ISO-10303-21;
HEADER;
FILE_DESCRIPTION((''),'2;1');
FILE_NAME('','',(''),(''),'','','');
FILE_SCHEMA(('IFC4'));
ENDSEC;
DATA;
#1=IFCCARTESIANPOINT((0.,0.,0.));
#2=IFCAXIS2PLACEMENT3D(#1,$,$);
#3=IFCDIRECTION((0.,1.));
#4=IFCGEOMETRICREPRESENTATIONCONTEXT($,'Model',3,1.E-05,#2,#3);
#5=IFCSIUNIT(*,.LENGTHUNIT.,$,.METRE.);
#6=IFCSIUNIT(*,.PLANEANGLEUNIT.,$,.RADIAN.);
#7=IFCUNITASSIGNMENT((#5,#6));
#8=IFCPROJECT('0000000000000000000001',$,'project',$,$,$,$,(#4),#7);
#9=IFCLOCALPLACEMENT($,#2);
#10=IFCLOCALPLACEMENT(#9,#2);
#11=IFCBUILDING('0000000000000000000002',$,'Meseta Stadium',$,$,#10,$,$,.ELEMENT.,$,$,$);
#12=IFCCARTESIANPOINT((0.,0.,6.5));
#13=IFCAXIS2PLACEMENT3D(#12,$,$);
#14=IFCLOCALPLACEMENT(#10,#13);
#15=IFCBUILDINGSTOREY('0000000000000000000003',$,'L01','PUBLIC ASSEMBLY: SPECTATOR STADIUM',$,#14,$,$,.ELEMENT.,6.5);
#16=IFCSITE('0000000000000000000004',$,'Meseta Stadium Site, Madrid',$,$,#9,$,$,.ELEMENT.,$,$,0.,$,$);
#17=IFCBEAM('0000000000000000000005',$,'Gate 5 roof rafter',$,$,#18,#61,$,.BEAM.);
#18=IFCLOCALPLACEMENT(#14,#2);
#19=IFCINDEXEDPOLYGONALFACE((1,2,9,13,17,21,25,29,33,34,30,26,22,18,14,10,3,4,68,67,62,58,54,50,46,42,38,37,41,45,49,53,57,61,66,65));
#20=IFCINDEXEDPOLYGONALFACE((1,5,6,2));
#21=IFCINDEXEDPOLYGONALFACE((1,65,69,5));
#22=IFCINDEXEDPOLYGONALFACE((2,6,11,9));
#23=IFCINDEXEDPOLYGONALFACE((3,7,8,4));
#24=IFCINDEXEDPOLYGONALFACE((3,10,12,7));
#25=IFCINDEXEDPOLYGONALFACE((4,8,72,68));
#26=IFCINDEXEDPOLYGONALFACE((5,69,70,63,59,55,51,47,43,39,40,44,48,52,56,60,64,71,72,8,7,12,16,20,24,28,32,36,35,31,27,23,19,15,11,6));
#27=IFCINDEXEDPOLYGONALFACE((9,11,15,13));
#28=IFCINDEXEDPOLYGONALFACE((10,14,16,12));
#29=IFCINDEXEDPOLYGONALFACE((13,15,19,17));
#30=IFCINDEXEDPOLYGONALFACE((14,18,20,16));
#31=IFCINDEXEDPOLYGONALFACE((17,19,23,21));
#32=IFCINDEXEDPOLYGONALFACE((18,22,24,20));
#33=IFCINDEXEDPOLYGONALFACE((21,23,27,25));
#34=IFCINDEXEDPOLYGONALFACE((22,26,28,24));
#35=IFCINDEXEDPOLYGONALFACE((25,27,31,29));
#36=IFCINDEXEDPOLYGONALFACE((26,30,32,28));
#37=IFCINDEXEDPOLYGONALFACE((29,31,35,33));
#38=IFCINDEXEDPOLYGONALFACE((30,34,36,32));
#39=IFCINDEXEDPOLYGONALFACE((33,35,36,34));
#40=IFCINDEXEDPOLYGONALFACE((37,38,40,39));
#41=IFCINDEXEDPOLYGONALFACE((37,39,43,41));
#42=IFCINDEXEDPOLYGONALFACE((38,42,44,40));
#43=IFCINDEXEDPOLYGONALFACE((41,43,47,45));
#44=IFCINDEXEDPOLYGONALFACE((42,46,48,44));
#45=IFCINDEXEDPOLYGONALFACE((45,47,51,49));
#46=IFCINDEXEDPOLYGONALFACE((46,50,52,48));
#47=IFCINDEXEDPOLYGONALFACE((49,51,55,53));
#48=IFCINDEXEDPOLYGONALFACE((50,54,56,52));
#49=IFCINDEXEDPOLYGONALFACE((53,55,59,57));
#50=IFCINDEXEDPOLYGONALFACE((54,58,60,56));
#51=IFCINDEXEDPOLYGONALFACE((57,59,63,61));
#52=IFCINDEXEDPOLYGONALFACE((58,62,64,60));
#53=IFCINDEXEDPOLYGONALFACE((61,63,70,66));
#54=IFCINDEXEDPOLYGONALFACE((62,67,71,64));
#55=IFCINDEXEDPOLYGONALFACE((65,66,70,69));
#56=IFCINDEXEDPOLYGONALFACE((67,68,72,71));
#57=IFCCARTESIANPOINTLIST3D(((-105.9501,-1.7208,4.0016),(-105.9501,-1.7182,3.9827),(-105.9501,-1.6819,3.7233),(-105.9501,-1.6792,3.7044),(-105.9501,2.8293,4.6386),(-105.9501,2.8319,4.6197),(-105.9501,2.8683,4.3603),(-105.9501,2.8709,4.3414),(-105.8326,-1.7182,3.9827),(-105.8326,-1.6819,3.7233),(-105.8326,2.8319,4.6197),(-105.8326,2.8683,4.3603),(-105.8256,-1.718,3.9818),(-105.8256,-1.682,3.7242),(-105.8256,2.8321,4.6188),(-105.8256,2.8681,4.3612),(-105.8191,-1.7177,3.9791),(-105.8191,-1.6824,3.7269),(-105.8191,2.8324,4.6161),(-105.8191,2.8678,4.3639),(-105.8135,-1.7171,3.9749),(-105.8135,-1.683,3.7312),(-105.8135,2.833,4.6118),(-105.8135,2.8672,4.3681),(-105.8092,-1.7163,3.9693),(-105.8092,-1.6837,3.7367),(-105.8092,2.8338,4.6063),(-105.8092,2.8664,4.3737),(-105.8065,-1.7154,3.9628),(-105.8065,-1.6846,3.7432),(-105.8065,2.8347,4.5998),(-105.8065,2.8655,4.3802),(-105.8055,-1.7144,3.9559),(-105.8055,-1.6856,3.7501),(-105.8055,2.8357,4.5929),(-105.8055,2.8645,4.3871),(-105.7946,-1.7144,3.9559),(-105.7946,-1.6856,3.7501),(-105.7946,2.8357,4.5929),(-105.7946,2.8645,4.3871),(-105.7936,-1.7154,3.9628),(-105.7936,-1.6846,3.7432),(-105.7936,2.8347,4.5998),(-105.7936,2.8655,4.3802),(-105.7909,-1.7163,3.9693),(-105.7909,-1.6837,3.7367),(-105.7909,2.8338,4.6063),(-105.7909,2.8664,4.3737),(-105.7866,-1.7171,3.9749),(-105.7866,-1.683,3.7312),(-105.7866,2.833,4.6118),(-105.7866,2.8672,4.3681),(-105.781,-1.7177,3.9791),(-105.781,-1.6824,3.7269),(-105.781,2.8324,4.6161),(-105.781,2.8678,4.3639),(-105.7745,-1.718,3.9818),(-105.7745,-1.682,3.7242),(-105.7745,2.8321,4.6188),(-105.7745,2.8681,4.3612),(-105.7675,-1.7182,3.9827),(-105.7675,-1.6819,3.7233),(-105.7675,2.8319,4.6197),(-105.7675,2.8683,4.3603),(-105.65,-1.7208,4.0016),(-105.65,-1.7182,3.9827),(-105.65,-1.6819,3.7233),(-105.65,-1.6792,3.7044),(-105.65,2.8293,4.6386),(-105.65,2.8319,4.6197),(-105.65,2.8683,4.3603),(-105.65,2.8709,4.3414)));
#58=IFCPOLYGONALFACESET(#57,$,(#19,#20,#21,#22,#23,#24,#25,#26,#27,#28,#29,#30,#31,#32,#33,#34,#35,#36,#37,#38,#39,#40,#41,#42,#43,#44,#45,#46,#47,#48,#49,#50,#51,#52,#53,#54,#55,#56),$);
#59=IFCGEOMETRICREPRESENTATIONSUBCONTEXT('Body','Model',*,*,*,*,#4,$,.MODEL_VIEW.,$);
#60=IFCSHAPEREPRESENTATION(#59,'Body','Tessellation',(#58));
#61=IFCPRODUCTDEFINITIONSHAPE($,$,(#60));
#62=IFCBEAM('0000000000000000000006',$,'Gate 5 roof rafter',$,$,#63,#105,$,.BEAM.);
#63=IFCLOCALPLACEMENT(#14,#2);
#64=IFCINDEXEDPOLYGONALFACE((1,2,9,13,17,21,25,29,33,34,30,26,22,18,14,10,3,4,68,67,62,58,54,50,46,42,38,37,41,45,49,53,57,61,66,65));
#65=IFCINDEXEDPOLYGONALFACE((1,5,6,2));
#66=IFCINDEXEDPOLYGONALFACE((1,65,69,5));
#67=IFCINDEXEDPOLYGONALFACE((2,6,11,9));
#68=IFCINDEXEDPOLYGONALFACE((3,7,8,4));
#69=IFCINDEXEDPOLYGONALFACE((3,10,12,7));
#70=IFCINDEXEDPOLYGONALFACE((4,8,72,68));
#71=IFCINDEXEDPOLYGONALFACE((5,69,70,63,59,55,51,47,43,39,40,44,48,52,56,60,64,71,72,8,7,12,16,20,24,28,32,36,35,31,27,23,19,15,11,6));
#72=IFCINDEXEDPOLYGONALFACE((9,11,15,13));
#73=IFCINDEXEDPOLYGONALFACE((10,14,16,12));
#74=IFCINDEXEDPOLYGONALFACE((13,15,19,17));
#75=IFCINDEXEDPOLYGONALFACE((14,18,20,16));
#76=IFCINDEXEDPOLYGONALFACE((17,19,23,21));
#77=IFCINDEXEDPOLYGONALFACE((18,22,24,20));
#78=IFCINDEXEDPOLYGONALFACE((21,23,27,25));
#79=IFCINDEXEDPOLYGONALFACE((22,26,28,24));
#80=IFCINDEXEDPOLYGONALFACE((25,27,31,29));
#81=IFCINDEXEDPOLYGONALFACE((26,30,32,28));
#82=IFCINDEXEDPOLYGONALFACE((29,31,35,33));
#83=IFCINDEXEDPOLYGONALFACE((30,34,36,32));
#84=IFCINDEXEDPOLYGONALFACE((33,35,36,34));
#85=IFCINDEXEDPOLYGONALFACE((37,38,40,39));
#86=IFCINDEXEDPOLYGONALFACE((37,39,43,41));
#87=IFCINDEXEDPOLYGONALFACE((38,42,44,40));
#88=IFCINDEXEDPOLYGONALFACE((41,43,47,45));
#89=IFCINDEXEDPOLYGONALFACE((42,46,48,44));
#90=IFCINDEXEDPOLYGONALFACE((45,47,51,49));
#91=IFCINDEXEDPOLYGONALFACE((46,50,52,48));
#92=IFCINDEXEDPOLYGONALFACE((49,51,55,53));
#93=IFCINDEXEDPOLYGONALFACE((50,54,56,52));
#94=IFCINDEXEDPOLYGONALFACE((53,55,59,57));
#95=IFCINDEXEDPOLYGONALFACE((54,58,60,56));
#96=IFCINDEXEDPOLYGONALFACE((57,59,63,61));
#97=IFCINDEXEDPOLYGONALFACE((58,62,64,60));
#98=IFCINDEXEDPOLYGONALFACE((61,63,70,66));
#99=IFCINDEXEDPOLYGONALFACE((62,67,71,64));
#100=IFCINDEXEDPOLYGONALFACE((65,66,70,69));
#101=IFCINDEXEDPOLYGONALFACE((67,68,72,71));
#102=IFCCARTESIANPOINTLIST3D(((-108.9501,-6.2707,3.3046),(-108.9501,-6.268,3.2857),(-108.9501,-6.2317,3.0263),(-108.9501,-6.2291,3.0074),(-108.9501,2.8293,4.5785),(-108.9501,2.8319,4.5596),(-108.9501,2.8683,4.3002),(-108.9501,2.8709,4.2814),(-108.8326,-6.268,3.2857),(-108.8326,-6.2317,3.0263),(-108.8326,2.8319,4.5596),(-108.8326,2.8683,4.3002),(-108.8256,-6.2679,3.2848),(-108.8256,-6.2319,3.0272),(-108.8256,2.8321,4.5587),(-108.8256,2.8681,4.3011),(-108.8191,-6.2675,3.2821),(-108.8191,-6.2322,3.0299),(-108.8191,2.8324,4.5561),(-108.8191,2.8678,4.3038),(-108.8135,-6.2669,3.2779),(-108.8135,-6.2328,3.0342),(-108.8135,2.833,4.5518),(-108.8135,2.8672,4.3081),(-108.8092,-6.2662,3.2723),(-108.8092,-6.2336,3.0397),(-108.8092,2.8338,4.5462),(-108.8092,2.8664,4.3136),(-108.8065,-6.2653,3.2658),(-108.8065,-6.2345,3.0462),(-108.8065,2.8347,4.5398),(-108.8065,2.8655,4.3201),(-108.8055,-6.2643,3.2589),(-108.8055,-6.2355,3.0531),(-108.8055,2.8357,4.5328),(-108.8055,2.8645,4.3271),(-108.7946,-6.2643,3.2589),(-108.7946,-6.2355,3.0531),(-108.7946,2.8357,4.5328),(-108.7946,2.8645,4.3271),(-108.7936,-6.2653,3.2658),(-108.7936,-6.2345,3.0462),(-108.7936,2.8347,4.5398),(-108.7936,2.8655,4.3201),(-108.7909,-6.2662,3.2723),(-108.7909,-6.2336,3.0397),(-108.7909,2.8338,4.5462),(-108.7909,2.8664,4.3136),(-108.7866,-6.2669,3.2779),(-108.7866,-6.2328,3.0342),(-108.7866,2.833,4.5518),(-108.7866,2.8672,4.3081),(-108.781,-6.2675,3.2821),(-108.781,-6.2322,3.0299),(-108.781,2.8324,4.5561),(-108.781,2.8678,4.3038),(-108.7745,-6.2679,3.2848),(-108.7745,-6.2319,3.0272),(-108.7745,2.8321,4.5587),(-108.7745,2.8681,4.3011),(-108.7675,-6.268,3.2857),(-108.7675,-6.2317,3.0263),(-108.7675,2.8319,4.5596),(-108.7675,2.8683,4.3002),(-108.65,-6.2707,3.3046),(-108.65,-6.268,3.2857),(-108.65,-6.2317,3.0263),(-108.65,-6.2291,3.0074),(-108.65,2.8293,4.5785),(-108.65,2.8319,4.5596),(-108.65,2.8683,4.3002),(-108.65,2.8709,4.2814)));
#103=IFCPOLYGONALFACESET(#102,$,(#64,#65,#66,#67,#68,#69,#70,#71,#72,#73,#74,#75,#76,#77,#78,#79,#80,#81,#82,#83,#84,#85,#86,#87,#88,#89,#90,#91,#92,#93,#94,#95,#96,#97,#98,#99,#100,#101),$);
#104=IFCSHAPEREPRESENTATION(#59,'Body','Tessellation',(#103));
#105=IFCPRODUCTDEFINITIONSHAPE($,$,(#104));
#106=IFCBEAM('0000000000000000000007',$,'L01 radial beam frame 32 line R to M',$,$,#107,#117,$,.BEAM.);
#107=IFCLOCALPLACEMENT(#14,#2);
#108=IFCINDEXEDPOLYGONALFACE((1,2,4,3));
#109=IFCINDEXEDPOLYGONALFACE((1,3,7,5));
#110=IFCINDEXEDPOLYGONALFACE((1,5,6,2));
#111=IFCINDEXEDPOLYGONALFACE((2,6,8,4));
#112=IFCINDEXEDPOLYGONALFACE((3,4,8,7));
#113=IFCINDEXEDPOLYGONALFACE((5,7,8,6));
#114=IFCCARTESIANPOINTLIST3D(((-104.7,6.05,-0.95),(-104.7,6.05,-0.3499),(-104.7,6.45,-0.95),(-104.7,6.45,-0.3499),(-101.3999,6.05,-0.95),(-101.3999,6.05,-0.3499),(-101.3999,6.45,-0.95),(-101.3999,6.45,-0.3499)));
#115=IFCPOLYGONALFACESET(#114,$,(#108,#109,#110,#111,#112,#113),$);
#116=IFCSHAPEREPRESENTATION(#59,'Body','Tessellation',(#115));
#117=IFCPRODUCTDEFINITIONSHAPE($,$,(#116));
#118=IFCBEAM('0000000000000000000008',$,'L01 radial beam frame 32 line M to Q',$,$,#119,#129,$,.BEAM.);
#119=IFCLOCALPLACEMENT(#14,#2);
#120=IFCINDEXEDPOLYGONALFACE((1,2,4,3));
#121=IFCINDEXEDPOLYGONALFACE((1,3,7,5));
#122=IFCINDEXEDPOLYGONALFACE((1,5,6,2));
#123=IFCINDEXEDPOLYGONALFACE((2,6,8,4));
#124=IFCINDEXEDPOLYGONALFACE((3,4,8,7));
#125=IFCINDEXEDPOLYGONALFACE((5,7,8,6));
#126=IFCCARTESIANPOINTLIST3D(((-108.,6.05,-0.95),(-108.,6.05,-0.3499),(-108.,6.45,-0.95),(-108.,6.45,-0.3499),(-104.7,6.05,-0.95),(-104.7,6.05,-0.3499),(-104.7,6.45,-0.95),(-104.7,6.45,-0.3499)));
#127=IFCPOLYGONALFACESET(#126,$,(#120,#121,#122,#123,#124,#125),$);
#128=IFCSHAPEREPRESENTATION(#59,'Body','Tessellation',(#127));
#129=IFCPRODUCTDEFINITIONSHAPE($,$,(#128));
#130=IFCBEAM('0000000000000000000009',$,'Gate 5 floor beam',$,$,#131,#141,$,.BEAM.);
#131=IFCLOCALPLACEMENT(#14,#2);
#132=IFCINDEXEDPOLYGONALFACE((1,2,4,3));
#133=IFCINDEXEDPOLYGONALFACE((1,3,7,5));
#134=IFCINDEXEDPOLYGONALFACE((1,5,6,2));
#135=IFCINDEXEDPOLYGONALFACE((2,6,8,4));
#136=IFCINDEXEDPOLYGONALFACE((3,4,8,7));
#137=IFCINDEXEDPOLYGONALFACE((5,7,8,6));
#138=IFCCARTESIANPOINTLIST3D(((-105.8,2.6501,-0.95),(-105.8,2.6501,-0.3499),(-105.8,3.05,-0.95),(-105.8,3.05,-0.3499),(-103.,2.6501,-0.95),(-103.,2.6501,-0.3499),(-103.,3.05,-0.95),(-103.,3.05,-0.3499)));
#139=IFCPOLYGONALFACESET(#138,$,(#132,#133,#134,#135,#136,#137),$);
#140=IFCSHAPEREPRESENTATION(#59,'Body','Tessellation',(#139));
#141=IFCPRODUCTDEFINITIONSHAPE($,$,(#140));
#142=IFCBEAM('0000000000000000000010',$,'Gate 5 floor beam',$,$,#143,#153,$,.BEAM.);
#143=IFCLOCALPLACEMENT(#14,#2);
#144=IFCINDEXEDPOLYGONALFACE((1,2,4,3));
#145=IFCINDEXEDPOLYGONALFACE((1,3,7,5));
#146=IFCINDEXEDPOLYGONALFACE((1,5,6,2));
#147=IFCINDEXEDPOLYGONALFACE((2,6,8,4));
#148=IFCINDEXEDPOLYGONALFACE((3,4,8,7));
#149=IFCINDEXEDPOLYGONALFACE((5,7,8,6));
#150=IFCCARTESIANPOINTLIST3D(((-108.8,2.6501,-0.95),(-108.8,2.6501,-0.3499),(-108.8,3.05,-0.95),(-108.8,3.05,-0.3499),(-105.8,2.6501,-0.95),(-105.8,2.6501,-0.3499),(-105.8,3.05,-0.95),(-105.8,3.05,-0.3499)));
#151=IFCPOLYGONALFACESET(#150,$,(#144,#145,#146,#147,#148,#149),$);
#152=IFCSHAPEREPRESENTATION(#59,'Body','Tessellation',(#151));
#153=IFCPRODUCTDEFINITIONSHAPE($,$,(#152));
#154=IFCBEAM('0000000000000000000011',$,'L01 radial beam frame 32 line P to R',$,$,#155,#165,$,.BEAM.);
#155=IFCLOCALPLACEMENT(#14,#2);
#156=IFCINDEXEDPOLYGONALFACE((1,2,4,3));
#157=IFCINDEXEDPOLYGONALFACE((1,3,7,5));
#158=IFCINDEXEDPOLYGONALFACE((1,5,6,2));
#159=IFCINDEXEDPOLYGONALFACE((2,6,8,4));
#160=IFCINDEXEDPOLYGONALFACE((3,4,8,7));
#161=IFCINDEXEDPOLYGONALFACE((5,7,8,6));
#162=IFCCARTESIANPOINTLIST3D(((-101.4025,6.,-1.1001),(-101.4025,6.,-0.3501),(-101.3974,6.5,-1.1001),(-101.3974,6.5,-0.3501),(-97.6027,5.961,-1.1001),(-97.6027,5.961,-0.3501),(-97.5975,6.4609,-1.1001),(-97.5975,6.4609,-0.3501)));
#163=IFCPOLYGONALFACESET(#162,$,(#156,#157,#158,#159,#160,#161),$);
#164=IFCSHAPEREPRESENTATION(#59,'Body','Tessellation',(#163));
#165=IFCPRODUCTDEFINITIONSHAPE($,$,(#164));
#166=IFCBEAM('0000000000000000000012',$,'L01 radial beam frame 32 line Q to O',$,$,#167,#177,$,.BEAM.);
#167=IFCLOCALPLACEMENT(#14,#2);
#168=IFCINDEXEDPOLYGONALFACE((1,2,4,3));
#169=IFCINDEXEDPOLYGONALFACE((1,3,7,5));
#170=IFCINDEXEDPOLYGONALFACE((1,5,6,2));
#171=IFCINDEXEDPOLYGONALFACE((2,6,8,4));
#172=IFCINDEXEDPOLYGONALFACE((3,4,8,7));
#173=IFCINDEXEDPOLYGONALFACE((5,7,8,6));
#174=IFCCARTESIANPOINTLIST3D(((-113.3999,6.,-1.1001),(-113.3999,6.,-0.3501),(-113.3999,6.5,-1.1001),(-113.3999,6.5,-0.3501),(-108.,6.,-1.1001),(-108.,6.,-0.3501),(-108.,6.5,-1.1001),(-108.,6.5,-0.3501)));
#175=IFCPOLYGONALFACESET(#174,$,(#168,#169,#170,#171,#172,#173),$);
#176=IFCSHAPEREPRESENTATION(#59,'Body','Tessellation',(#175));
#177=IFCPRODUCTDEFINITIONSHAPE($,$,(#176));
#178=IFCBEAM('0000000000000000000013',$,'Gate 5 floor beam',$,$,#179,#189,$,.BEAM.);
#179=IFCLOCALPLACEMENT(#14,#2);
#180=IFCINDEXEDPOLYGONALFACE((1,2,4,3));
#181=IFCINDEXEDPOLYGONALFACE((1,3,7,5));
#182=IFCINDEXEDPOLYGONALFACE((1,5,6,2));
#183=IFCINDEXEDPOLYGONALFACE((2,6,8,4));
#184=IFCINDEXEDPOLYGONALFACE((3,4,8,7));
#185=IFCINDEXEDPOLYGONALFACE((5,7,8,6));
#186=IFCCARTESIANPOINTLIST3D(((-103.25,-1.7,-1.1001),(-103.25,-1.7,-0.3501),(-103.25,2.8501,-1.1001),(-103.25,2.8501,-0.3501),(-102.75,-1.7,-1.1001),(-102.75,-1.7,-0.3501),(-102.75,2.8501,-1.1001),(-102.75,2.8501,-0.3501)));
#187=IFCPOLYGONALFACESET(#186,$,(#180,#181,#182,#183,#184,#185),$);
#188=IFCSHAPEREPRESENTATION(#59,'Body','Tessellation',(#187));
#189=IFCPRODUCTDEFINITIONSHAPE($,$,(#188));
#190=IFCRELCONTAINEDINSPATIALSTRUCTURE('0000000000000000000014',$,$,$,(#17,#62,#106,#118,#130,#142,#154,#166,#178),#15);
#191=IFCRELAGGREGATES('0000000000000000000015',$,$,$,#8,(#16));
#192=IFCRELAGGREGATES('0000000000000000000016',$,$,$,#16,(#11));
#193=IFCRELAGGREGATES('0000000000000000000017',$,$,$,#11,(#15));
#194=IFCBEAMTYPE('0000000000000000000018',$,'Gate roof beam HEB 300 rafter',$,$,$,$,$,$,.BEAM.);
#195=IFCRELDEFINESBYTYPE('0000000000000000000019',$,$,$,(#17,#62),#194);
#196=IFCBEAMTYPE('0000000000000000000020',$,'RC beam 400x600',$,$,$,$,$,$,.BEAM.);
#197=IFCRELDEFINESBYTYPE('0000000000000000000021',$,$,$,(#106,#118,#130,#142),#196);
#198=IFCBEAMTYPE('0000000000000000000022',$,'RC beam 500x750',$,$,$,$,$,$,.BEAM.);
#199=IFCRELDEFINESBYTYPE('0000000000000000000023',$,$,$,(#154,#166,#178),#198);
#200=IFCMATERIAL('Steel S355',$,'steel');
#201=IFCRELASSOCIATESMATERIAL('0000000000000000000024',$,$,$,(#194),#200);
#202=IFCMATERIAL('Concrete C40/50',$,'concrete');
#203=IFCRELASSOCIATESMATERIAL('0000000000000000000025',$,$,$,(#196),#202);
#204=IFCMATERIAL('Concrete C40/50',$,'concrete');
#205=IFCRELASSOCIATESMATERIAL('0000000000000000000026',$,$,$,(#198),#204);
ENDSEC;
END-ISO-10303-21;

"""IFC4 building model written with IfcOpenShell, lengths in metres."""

from ifc_helpers import new_model, si_unit, direction, frame, origin, origin_2d, place, context, subcontext, project, spatial, rectangle, i_section, extrude, material, material_profile, profile_set, type_object, element, save


model = new_model("IFC4")

# Units and contexts
model_context = context("Model", 3, precision=1e-05, world=origin(), true_north=direction((0.0, 1.0)))
body_context = subcontext(model_context, "Body", "Model", "MODEL_VIEW")
ifc_project = project(units=[si_unit("LENGTHUNIT", "METRE"), si_unit("PLANEANGLEUNIT", "RADIAN")], contexts=[model_context])

# Site, building, storey
site_placement = place(None, origin())
site = spatial("IfcSite", under=ifc_project, at=site_placement, Name="Meseta Stadium Site, Madrid", CompositionType="ELEMENT", RefElevation=0.0)
building_placement = place(site_placement, origin())
building = spatial("IfcBuilding", under=site, at=building_placement, Name="Meseta Stadium", CompositionType="ELEMENT")
storey_placement = place(building_placement, frame((0.0, 0.0, 6.5)))
storey = spatial("IfcBuildingStorey", under=building, at=storey_placement, Name="L01", Description="PUBLIC ASSEMBLY: SPECTATOR STADIUM", CompositionType="ELEMENT", Elevation=6.5)

# Beams
ifc_material_1 = material(Name="Steel S355", Category="steel")
ifc_material_profile_1 = material_profile(ifc_material_1, i_section(OverallWidth=0.3, OverallDepth=0.3, WebThickness=0.011, FlangeThickness=0.019, FilletRadius=0.0271, at=origin_2d()), Name="HEB 300")
ifc_profile_set_1 = profile_set([ifc_material_profile_1], Name="Steel S355")
beam_type_1 = type_object("IfcBeamType", Name="Gate roof beam HEB 300 rafter", PredefinedType="BEAM", material=ifc_profile_set_1)
for number, where, z_axis, x_axis, name in (
    (1, (-105.8, 2.8501, 4.49), (0.0, -0.990343, -0.138638), (1.0, 0.0, 0.0), "Gate 5 roof rafter"),
):
    element("IfcBeam", number, at=place(storey_placement, frame(where, z_axis=z_axis, x_axis=x_axis)), inside=storey, type_object=beam_type_1, Name=name, PredefinedType="BEAM", context=body_context, shape_type="SweptSolid", body=[
        extrude(i_section(OverallWidth=0.3, OverallDepth=0.3, WebThickness=0.011, FlangeThickness=0.019, FilletRadius=0.0271, at=origin_2d()), origin(), (0.0, 0.0, 1.0), 4.5945),
    ])
beam_1_placement = place(storey_placement, frame((-108.8, 2.8501, 4.4299), z_axis=(0.0, -0.990343, -0.138638), x_axis=(1.0, 0.0, 0.0)))
element("IfcBeam", 2, at=beam_1_placement, inside=storey, type_object=beam_type_1, Name="Gate 5 roof rafter", PredefinedType="BEAM", context=body_context, shape_type="SweptSolid", body=[
    extrude(i_section(OverallWidth=0.3, OverallDepth=0.3, WebThickness=0.011, FlangeThickness=0.019, FilletRadius=0.0271, at=origin_2d()), origin(), (0.0, 0.0, 1.0), 9.1887),
])
ifc_material_2 = material(Name="Concrete C40/50", Category="concrete")
ifc_material_profile_2 = material_profile(ifc_material_2, rectangle(XDim=0.3999, YDim=0.6001, at=origin_2d()), Name="RC 400x600")
ifc_profile_set_2 = profile_set([ifc_material_profile_2], Name="Concrete C40/50")
beam_type_2 = type_object("IfcBeamType", Name="RC beam 400x600", PredefinedType="BEAM", material=ifc_profile_set_2)
for number, where, z_axis, x_axis, name in (
    (3, (-101.3999, 6.25, -0.6499), (-1.0, 0.0, 0.0), (0.0, -1.0, 0.0), "L01 radial beam frame 32 line R to M"),
    (4, (-104.7, 6.25, -0.6499), (-1.0, 0.0, 0.0), (0.0, -1.0, 0.0), "L01 radial beam frame 32 line M to Q"),
):
    element("IfcBeam", number, at=place(storey_placement, frame(where, z_axis=z_axis, x_axis=x_axis)), inside=storey, type_object=beam_type_2, Name=name, PredefinedType="BEAM", context=body_context, shape_type="SweptSolid", body=[
        extrude(rectangle(XDim=0.3999, YDim=0.6001, at=origin_2d()), origin(), (0.0, 0.0, 1.0), 3.3),
    ])
beam_2_placement = place(storey_placement, frame((-103.0, 2.8501, -0.6499), z_axis=(-1.0, 0.0, 0.0), x_axis=(0.0, -1.0, 0.0)))
element("IfcBeam", 5, at=beam_2_placement, inside=storey, type_object=beam_type_2, Name="Gate 5 floor beam", PredefinedType="BEAM", context=body_context, shape_type="SweptSolid", body=[
    extrude(rectangle(XDim=0.3999, YDim=0.6001, at=origin_2d()), origin(), (0.0, 0.0, 1.0), 2.8),
])
beam_3_placement = place(storey_placement, frame((-105.8, 2.8501, -0.6499), z_axis=(-1.0, 0.0, 0.0), x_axis=(0.0, -1.0, 0.0)))
element("IfcBeam", 6, at=beam_3_placement, inside=storey, type_object=beam_type_2, Name="Gate 5 floor beam", PredefinedType="BEAM", context=body_context, shape_type="SweptSolid", body=[
    extrude(rectangle(XDim=0.3999, YDim=0.6001, at=origin_2d()), origin(), (0.0, 0.0, 1.0), 3.0),
])
ifc_material_3 = material(Name="Concrete C40/50", Category="concrete")
ifc_material_profile_3 = material_profile(ifc_material_3, rectangle(XDim=0.5, YDim=0.75, at=origin_2d()), Name="RC 500x750")
ifc_profile_set_3 = profile_set([ifc_material_profile_3], Name="Concrete C40/50")
beam_type_3 = type_object("IfcBeamType", Name="RC beam 500x750", PredefinedType="BEAM", material=ifc_profile_set_3)
beam_4_placement = place(storey_placement, frame((-97.6001, 6.2109, -0.7251), z_axis=(-0.999947, 0.01028, 0.0), x_axis=(-0.01028, -0.999947, 0.0)))
element("IfcBeam", 7, at=beam_4_placement, inside=storey, type_object=beam_type_3, Name="L01 radial beam frame 32 line P to R", PredefinedType="BEAM", context=body_context, shape_type="SweptSolid", body=[
    extrude(rectangle(XDim=0.5, YDim=0.75, at=origin_2d()), origin(), (0.0, 0.0, 1.0), 3.8),
])
beam_5_placement = place(storey_placement, frame((-108.0, 6.25, -0.7251), z_axis=(-1.0, 0.0, 0.0), x_axis=(0.0, -1.0, 0.0)))
element("IfcBeam", 8, at=beam_5_placement, inside=storey, type_object=beam_type_3, Name="L01 radial beam frame 32 line Q to O", PredefinedType="BEAM", context=body_context, shape_type="SweptSolid", body=[
    extrude(rectangle(XDim=0.5, YDim=0.75, at=origin_2d()), origin(), (0.0, 0.0, 1.0), 5.3999),
])
for number, where, z_axis, x_axis, name in (
    (9, (-103.0, 2.8501, -0.7251), (0.0, -1.0, 0.0), (1.0, 0.0, 0.0), "Gate 5 floor beam"),
):
    element("IfcBeam", number, at=place(storey_placement, frame(where, z_axis=z_axis, x_axis=x_axis)), inside=storey, type_object=beam_type_3, Name=name, PredefinedType="BEAM", context=body_context, shape_type="SweptSolid", body=[
        extrude(rectangle(XDim=0.5, YDim=0.75, at=origin_2d()), origin(), (0.0, 0.0, 1.0), 4.55),
    ])

save(model, "model.ifc")
